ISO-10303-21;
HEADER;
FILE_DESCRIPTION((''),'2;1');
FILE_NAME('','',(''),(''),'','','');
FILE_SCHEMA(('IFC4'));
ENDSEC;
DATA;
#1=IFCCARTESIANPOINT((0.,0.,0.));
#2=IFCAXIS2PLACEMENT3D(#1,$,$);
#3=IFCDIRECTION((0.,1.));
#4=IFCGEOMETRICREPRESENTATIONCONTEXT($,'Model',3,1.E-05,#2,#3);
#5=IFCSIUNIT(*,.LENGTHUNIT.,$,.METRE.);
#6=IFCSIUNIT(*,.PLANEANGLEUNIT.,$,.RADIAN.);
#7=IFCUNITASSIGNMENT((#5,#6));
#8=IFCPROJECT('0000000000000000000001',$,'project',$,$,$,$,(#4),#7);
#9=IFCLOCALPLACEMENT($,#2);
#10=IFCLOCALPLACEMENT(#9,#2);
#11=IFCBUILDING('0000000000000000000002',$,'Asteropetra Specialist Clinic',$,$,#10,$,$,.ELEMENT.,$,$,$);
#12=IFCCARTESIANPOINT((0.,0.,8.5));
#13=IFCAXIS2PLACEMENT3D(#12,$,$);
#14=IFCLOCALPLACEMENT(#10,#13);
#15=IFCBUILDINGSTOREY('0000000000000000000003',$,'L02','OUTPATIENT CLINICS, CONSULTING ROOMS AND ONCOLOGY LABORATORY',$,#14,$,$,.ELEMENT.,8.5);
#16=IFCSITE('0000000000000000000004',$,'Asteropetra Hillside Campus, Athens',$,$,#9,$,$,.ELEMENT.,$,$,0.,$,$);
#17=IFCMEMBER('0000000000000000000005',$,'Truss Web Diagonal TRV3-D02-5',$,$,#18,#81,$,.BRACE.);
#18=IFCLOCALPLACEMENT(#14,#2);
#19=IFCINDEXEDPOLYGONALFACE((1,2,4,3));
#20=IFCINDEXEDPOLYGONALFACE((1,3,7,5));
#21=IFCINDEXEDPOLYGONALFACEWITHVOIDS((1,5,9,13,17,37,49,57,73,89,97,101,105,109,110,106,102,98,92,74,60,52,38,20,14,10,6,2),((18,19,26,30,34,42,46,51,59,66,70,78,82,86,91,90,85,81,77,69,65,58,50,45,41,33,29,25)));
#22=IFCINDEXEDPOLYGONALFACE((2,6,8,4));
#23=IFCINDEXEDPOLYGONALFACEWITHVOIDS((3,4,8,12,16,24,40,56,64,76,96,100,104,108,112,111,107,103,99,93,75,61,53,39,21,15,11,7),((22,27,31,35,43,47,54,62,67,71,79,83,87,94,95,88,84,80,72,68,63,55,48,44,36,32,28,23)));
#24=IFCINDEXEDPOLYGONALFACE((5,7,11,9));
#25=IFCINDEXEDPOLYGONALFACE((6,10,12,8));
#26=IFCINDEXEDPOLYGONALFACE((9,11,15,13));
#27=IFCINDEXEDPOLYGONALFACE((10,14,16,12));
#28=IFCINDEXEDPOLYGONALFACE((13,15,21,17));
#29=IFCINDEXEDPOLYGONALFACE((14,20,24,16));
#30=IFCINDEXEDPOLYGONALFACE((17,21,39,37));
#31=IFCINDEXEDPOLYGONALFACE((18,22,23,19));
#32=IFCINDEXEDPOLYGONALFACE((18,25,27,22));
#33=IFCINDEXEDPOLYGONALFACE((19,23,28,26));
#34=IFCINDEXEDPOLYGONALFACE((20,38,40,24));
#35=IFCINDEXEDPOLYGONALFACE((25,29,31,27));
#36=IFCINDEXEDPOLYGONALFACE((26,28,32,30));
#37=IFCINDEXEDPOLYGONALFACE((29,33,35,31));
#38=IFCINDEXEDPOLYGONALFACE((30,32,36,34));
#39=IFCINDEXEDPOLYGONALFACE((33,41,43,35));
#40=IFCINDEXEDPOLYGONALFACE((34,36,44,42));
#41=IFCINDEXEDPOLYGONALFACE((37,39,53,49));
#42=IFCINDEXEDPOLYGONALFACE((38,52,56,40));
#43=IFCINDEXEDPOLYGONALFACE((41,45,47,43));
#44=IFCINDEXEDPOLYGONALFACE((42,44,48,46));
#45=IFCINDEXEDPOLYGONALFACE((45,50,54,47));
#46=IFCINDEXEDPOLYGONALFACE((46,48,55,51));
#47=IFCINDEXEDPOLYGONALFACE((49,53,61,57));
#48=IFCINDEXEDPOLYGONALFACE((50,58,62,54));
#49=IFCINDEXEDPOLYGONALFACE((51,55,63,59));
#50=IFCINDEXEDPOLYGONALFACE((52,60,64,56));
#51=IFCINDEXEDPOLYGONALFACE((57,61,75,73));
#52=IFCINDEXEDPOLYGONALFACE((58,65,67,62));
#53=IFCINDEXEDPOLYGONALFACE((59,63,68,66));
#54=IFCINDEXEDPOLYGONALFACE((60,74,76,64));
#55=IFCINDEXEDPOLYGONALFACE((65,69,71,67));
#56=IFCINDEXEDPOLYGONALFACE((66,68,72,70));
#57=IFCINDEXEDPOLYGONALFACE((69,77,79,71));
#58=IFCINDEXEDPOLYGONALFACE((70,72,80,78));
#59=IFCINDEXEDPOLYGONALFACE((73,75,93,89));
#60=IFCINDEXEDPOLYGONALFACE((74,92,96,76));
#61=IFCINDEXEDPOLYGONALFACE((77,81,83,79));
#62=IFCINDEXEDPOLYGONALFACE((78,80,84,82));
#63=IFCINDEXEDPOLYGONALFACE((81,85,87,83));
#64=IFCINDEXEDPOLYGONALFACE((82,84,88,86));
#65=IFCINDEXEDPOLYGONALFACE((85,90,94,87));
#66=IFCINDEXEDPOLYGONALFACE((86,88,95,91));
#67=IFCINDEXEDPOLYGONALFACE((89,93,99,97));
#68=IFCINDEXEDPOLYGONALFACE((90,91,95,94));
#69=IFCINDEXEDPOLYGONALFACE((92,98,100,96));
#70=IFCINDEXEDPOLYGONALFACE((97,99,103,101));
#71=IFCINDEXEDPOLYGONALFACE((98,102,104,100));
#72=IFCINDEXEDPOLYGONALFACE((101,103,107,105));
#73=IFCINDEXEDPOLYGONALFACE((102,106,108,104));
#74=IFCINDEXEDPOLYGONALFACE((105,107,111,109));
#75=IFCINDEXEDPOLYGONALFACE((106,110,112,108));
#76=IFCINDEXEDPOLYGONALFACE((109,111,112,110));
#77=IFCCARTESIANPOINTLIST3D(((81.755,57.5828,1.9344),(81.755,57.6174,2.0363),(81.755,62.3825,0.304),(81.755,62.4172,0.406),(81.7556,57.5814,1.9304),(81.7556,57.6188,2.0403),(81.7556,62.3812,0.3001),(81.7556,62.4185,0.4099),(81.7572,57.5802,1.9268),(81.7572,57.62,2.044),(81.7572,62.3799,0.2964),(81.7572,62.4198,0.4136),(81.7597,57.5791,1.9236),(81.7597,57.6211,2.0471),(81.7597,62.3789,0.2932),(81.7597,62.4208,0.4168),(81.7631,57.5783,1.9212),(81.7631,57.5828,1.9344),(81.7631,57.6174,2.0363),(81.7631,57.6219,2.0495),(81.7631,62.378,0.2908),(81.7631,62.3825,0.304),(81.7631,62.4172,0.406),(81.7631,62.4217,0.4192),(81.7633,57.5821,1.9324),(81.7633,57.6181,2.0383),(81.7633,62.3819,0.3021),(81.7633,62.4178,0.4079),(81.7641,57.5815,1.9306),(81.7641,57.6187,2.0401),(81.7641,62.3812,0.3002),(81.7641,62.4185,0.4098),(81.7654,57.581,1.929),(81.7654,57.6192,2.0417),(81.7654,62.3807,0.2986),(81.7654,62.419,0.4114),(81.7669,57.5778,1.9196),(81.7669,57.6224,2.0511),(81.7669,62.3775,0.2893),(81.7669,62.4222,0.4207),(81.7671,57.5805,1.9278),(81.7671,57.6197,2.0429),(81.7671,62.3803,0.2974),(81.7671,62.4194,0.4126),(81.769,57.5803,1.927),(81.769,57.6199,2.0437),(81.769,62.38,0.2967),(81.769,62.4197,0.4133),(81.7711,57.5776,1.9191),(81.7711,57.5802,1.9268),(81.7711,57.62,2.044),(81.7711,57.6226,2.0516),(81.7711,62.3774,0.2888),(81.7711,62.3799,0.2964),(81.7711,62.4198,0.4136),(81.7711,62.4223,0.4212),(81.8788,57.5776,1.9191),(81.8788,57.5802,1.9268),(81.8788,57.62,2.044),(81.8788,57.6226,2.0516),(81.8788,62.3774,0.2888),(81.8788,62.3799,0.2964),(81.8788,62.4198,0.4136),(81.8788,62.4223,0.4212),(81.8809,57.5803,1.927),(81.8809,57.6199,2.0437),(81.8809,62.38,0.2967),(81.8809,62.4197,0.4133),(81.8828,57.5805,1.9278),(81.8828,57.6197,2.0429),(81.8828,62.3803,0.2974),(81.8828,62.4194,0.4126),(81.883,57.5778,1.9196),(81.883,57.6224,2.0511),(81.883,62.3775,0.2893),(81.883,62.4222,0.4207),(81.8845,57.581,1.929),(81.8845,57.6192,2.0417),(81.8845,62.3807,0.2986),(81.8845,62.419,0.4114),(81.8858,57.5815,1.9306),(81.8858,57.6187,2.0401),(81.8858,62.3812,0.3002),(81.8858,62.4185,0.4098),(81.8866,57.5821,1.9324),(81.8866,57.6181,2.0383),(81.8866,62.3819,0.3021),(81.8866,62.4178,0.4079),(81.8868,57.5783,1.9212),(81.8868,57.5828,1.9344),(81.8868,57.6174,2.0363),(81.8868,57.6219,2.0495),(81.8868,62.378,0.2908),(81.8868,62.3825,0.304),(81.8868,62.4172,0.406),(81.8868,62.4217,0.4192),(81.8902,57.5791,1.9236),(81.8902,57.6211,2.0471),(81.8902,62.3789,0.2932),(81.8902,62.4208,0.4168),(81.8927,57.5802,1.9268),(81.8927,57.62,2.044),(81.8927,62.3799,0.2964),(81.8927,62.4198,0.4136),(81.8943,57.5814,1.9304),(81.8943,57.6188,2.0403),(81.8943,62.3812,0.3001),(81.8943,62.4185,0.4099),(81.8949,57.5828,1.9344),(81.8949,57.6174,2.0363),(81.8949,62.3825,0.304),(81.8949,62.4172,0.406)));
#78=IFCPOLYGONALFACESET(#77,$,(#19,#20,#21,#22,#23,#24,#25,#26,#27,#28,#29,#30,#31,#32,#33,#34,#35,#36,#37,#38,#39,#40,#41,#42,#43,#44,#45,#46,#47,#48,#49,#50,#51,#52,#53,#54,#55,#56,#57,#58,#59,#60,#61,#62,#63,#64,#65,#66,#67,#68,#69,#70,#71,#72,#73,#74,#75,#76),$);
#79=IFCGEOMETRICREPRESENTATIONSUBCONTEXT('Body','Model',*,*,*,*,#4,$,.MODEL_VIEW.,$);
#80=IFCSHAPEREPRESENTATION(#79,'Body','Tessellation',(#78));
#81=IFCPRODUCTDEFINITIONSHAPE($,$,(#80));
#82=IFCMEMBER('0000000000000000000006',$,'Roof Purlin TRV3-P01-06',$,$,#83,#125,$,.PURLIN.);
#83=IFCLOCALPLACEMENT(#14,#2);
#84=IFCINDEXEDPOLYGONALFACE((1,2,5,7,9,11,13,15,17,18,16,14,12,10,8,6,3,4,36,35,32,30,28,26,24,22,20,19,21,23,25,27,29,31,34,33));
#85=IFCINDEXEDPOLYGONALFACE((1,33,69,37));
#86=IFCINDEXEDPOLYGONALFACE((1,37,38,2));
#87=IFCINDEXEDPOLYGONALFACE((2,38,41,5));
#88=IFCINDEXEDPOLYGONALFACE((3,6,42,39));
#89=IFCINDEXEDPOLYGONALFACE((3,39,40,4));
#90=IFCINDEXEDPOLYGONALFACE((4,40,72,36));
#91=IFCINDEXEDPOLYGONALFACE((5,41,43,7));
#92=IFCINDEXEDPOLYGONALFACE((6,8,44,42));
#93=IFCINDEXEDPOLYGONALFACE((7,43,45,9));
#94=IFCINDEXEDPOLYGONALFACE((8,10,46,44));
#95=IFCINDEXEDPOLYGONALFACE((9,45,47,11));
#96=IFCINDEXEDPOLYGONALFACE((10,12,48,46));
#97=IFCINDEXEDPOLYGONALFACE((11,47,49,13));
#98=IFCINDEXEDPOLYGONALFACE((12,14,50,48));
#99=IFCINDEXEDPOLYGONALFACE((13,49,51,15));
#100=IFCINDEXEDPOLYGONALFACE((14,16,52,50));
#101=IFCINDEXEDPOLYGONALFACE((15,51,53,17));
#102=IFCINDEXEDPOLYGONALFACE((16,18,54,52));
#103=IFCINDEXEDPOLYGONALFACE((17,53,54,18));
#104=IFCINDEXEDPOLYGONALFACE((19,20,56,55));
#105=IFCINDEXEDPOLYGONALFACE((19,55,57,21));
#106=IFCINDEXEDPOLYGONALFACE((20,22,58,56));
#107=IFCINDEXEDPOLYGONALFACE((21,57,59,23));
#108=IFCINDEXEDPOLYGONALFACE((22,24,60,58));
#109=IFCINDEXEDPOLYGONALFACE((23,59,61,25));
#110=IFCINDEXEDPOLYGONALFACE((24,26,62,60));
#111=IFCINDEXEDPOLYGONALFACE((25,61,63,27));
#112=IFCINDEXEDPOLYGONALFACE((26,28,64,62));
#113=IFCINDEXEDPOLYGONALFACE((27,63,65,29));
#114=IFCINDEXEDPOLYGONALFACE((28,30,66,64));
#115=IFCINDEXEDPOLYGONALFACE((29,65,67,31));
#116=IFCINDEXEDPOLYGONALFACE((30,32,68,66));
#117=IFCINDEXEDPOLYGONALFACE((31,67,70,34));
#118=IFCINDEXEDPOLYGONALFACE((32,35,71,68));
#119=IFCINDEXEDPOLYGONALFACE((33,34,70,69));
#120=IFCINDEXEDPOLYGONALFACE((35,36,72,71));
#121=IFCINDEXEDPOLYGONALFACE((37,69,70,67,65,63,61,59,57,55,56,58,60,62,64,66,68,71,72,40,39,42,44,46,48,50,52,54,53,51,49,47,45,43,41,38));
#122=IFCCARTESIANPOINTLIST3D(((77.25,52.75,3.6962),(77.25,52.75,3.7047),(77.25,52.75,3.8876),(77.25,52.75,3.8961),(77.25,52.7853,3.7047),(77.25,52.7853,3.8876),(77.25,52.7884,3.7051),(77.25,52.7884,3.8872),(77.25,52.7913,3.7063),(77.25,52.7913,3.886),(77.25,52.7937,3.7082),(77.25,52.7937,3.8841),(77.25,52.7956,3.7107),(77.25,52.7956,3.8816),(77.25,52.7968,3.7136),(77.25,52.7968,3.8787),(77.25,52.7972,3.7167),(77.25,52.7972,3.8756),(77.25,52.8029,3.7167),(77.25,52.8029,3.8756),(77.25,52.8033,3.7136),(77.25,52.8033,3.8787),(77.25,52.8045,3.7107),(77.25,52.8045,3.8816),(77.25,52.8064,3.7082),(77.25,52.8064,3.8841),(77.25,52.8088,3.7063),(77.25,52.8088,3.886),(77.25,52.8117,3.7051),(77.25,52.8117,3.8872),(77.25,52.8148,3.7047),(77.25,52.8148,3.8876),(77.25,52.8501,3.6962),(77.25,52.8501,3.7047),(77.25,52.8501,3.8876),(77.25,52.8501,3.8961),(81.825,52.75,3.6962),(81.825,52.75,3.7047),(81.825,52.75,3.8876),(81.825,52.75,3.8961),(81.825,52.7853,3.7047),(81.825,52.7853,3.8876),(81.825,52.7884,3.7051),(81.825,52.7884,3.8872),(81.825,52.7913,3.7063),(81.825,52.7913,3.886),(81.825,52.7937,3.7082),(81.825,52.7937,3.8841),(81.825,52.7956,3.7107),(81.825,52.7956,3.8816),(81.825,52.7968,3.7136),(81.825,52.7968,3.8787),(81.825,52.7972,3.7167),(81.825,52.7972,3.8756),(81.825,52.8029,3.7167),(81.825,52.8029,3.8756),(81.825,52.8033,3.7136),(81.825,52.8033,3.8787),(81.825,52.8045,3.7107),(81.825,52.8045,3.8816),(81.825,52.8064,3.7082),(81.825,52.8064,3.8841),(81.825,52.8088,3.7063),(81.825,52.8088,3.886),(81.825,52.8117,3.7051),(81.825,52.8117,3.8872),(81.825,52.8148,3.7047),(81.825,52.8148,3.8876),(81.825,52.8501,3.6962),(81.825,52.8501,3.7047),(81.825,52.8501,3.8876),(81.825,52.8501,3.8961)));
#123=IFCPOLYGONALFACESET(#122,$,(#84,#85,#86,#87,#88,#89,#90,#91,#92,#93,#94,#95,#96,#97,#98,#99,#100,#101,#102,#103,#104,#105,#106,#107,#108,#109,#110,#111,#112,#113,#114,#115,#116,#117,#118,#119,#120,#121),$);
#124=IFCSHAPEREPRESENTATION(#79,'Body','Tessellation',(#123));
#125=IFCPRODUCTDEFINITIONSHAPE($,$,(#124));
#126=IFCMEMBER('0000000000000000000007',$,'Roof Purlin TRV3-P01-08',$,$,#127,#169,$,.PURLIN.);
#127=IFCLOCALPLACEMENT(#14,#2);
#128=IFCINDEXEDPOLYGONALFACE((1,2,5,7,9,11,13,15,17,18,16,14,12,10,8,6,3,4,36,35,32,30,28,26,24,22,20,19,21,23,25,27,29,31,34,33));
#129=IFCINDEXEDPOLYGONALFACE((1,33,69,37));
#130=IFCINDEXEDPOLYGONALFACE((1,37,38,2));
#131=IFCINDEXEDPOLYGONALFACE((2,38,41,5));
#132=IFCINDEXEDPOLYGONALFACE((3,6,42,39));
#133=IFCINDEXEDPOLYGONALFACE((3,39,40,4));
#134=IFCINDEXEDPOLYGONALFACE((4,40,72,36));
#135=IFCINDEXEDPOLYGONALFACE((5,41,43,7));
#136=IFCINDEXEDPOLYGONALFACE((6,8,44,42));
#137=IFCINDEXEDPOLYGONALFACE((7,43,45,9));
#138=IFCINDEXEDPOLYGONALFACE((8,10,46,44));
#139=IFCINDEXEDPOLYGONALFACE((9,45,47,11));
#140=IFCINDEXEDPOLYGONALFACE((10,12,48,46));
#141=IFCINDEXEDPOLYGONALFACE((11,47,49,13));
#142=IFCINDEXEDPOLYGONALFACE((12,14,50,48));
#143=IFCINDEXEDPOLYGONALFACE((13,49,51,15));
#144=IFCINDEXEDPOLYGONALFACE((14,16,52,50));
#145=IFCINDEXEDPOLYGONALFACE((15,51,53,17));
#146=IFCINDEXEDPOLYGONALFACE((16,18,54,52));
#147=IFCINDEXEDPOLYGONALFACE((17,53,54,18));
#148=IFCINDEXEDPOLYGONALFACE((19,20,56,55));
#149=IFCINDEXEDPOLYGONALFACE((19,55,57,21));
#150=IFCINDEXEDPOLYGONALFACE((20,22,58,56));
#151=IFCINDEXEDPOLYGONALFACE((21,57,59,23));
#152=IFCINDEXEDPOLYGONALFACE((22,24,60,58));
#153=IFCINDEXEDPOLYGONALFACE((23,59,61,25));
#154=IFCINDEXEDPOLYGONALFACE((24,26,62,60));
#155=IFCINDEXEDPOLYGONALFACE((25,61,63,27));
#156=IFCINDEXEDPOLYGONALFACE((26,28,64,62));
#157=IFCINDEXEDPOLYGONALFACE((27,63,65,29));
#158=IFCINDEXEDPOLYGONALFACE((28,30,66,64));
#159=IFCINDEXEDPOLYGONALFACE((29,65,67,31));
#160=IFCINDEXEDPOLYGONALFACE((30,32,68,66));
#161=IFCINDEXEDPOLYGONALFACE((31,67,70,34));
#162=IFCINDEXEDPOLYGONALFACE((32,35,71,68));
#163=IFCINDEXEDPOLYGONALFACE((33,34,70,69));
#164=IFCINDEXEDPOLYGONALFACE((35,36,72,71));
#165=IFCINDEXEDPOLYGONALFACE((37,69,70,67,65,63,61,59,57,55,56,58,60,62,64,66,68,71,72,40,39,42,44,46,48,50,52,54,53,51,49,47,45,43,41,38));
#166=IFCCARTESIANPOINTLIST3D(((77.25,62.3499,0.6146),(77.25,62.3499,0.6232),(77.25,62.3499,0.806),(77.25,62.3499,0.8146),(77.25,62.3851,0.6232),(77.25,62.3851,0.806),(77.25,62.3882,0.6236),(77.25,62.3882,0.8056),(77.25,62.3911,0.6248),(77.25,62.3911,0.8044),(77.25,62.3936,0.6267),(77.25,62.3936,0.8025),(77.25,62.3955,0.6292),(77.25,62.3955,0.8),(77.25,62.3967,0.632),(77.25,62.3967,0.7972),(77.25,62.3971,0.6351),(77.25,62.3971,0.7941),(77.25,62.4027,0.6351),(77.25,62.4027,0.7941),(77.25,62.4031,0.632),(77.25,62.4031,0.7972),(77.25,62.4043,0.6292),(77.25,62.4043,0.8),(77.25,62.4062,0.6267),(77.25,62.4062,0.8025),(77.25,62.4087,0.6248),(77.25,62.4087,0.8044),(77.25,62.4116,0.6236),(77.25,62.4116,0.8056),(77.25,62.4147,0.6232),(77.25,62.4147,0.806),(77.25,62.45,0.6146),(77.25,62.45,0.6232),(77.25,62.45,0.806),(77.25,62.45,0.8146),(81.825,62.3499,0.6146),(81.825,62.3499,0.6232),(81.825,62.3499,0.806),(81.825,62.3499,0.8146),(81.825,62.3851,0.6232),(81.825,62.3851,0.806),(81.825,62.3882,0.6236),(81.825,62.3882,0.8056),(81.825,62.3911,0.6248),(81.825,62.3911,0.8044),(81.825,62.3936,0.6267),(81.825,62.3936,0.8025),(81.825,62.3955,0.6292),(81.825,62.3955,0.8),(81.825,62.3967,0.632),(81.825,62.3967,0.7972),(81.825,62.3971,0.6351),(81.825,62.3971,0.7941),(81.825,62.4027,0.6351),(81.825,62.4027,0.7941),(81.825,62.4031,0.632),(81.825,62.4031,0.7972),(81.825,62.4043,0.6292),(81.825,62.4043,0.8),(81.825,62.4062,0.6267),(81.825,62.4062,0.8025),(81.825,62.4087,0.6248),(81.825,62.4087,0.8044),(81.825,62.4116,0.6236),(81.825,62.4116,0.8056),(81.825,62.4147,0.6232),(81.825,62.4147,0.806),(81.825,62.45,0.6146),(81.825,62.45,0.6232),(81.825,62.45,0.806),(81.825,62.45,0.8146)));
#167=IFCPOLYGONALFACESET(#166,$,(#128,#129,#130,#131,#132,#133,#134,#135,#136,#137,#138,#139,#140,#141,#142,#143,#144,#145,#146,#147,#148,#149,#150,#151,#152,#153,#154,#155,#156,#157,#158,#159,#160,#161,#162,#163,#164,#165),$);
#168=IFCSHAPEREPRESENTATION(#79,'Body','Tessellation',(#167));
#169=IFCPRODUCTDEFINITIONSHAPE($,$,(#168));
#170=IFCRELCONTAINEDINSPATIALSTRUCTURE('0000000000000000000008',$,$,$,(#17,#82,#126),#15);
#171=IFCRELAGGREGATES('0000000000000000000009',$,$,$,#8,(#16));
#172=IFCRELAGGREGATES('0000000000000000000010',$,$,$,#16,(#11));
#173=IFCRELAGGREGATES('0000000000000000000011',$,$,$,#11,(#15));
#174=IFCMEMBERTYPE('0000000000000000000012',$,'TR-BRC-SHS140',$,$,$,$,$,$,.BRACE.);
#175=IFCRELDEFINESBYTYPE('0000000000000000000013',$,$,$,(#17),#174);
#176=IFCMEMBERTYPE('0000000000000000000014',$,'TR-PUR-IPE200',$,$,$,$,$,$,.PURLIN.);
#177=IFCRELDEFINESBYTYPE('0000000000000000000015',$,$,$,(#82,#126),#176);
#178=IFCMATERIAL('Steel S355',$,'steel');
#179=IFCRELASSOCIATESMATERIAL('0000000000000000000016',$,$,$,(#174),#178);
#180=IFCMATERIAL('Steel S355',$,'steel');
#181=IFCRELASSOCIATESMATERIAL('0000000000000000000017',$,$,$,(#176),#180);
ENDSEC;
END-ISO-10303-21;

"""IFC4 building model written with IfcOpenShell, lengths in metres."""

from ifc_helpers import new_model, si_unit, direction, frame, origin, origin_2d, place, context, subcontext, project, spatial, hollow_rectangle, i_section, extrude, material, material_profile, profile_set, type_object, element, save


model = new_model("IFC4")

# Units and contexts
model_context = context("Model", 3, precision=1e-05, world=origin(), true_north=direction((0.0, 1.0)))
body_context = subcontext(model_context, "Body", "Model", "MODEL_VIEW")
ifc_project = project(units=[si_unit("LENGTHUNIT", "METRE"), si_unit("PLANEANGLEUNIT", "RADIAN")], contexts=[model_context])

# Site, building, storey
site_placement = place(None, origin())
site = spatial("IfcSite", under=ifc_project, at=site_placement, Name="Asteropetra Hillside Campus, Athens", CompositionType="ELEMENT", RefElevation=0.0)
building_placement = place(site_placement, origin())
building = spatial("IfcBuilding", under=site, at=building_placement, Name="Asteropetra Specialist Clinic", CompositionType="ELEMENT")
storey_placement = place(building_placement, frame((0.0, 0.0, 8.5)))
storey = spatial("IfcBuildingStorey", under=building, at=storey_placement, Name="L02", Description="OUTPATIENT CLINICS, CONSULTING ROOMS AND ONCOLOGY LABORATORY", CompositionType="ELEMENT", Elevation=8.5)

# Members
ifc_material_1 = material(Name="Steel S355", Category="steel")
ifc_material_profile_1 = material_profile(ifc_material_1, hollow_rectangle(XDim=0.1399, YDim=0.1399, WallThickness=0.0081, InnerFilletRadius=0.0081, OuterFilletRadius=0.0161, at=origin_2d()), Name="SHS 140x140x8.0")
ifc_profile_set_1 = profile_set([ifc_material_profile_1], Name="Steel S355")
member_type_1 = type_object("IfcMemberType", Name="TR-BRC-SHS140", PredefinedType="BRACE", material=ifc_profile_set_1)
member_1_placement = place(storey_placement, frame((81.825, 57.6001, 1.9854), z_axis=(0.0, 0.946867, -0.321626), x_axis=(-1.0, 0.0, 0.0)))
element("IfcMember", 1, at=member_1_placement, inside=storey, type_object=member_type_1, Name="Truss Web Diagonal TRV3-D02-5", PredefinedType="BRACE", context=body_context, shape_type="SweptSolid", body=[
    extrude(hollow_rectangle(XDim=0.1399, YDim=0.1399, WallThickness=0.0081, InnerFilletRadius=0.0081, OuterFilletRadius=0.0161, at=origin_2d()), origin(), (0.0, 0.0, 1.0), 5.0691),
])
ifc_material_2 = material(Name="Steel S355", Category="steel")
ifc_material_profile_2 = material_profile(ifc_material_2, i_section(OverallWidth=0.1001, OverallDepth=0.2, WebThickness=0.0056, FlangeThickness=0.0085, FilletRadius=0.012, at=origin_2d()), Name="IPE 200")
ifc_profile_set_2 = profile_set([ifc_material_profile_2], Name="Steel S355")
member_type_2 = type_object("IfcMemberType", Name="TR-PUR-IPE200", PredefinedType="PURLIN", material=ifc_profile_set_2)
for number, where, z_axis, x_axis, name in (
    (2, (77.25, 52.8, 3.7961), (1.0, 0.0, 0.0), (0.0, 1.0, 0.0), "Roof Purlin TRV3-P01-06"),
    (3, (77.25, 62.3999, 0.7146), (1.0, 0.0, 0.0), (0.0, 1.0, 0.0), "Roof Purlin TRV3-P01-08"),
):
    element("IfcMember", number, at=place(storey_placement, frame(where, z_axis=z_axis, x_axis=x_axis)), inside=storey, type_object=member_type_2, Name=name, PredefinedType="PURLIN", context=body_context, shape_type="SweptSolid", body=[
        extrude(i_section(OverallWidth=0.1001, OverallDepth=0.2, WebThickness=0.0056, FlangeThickness=0.0085, FilletRadius=0.012, at=origin_2d()), origin(), (0.0, 0.0, 1.0), 4.575),
    ])

save(model, "model.ifc")
